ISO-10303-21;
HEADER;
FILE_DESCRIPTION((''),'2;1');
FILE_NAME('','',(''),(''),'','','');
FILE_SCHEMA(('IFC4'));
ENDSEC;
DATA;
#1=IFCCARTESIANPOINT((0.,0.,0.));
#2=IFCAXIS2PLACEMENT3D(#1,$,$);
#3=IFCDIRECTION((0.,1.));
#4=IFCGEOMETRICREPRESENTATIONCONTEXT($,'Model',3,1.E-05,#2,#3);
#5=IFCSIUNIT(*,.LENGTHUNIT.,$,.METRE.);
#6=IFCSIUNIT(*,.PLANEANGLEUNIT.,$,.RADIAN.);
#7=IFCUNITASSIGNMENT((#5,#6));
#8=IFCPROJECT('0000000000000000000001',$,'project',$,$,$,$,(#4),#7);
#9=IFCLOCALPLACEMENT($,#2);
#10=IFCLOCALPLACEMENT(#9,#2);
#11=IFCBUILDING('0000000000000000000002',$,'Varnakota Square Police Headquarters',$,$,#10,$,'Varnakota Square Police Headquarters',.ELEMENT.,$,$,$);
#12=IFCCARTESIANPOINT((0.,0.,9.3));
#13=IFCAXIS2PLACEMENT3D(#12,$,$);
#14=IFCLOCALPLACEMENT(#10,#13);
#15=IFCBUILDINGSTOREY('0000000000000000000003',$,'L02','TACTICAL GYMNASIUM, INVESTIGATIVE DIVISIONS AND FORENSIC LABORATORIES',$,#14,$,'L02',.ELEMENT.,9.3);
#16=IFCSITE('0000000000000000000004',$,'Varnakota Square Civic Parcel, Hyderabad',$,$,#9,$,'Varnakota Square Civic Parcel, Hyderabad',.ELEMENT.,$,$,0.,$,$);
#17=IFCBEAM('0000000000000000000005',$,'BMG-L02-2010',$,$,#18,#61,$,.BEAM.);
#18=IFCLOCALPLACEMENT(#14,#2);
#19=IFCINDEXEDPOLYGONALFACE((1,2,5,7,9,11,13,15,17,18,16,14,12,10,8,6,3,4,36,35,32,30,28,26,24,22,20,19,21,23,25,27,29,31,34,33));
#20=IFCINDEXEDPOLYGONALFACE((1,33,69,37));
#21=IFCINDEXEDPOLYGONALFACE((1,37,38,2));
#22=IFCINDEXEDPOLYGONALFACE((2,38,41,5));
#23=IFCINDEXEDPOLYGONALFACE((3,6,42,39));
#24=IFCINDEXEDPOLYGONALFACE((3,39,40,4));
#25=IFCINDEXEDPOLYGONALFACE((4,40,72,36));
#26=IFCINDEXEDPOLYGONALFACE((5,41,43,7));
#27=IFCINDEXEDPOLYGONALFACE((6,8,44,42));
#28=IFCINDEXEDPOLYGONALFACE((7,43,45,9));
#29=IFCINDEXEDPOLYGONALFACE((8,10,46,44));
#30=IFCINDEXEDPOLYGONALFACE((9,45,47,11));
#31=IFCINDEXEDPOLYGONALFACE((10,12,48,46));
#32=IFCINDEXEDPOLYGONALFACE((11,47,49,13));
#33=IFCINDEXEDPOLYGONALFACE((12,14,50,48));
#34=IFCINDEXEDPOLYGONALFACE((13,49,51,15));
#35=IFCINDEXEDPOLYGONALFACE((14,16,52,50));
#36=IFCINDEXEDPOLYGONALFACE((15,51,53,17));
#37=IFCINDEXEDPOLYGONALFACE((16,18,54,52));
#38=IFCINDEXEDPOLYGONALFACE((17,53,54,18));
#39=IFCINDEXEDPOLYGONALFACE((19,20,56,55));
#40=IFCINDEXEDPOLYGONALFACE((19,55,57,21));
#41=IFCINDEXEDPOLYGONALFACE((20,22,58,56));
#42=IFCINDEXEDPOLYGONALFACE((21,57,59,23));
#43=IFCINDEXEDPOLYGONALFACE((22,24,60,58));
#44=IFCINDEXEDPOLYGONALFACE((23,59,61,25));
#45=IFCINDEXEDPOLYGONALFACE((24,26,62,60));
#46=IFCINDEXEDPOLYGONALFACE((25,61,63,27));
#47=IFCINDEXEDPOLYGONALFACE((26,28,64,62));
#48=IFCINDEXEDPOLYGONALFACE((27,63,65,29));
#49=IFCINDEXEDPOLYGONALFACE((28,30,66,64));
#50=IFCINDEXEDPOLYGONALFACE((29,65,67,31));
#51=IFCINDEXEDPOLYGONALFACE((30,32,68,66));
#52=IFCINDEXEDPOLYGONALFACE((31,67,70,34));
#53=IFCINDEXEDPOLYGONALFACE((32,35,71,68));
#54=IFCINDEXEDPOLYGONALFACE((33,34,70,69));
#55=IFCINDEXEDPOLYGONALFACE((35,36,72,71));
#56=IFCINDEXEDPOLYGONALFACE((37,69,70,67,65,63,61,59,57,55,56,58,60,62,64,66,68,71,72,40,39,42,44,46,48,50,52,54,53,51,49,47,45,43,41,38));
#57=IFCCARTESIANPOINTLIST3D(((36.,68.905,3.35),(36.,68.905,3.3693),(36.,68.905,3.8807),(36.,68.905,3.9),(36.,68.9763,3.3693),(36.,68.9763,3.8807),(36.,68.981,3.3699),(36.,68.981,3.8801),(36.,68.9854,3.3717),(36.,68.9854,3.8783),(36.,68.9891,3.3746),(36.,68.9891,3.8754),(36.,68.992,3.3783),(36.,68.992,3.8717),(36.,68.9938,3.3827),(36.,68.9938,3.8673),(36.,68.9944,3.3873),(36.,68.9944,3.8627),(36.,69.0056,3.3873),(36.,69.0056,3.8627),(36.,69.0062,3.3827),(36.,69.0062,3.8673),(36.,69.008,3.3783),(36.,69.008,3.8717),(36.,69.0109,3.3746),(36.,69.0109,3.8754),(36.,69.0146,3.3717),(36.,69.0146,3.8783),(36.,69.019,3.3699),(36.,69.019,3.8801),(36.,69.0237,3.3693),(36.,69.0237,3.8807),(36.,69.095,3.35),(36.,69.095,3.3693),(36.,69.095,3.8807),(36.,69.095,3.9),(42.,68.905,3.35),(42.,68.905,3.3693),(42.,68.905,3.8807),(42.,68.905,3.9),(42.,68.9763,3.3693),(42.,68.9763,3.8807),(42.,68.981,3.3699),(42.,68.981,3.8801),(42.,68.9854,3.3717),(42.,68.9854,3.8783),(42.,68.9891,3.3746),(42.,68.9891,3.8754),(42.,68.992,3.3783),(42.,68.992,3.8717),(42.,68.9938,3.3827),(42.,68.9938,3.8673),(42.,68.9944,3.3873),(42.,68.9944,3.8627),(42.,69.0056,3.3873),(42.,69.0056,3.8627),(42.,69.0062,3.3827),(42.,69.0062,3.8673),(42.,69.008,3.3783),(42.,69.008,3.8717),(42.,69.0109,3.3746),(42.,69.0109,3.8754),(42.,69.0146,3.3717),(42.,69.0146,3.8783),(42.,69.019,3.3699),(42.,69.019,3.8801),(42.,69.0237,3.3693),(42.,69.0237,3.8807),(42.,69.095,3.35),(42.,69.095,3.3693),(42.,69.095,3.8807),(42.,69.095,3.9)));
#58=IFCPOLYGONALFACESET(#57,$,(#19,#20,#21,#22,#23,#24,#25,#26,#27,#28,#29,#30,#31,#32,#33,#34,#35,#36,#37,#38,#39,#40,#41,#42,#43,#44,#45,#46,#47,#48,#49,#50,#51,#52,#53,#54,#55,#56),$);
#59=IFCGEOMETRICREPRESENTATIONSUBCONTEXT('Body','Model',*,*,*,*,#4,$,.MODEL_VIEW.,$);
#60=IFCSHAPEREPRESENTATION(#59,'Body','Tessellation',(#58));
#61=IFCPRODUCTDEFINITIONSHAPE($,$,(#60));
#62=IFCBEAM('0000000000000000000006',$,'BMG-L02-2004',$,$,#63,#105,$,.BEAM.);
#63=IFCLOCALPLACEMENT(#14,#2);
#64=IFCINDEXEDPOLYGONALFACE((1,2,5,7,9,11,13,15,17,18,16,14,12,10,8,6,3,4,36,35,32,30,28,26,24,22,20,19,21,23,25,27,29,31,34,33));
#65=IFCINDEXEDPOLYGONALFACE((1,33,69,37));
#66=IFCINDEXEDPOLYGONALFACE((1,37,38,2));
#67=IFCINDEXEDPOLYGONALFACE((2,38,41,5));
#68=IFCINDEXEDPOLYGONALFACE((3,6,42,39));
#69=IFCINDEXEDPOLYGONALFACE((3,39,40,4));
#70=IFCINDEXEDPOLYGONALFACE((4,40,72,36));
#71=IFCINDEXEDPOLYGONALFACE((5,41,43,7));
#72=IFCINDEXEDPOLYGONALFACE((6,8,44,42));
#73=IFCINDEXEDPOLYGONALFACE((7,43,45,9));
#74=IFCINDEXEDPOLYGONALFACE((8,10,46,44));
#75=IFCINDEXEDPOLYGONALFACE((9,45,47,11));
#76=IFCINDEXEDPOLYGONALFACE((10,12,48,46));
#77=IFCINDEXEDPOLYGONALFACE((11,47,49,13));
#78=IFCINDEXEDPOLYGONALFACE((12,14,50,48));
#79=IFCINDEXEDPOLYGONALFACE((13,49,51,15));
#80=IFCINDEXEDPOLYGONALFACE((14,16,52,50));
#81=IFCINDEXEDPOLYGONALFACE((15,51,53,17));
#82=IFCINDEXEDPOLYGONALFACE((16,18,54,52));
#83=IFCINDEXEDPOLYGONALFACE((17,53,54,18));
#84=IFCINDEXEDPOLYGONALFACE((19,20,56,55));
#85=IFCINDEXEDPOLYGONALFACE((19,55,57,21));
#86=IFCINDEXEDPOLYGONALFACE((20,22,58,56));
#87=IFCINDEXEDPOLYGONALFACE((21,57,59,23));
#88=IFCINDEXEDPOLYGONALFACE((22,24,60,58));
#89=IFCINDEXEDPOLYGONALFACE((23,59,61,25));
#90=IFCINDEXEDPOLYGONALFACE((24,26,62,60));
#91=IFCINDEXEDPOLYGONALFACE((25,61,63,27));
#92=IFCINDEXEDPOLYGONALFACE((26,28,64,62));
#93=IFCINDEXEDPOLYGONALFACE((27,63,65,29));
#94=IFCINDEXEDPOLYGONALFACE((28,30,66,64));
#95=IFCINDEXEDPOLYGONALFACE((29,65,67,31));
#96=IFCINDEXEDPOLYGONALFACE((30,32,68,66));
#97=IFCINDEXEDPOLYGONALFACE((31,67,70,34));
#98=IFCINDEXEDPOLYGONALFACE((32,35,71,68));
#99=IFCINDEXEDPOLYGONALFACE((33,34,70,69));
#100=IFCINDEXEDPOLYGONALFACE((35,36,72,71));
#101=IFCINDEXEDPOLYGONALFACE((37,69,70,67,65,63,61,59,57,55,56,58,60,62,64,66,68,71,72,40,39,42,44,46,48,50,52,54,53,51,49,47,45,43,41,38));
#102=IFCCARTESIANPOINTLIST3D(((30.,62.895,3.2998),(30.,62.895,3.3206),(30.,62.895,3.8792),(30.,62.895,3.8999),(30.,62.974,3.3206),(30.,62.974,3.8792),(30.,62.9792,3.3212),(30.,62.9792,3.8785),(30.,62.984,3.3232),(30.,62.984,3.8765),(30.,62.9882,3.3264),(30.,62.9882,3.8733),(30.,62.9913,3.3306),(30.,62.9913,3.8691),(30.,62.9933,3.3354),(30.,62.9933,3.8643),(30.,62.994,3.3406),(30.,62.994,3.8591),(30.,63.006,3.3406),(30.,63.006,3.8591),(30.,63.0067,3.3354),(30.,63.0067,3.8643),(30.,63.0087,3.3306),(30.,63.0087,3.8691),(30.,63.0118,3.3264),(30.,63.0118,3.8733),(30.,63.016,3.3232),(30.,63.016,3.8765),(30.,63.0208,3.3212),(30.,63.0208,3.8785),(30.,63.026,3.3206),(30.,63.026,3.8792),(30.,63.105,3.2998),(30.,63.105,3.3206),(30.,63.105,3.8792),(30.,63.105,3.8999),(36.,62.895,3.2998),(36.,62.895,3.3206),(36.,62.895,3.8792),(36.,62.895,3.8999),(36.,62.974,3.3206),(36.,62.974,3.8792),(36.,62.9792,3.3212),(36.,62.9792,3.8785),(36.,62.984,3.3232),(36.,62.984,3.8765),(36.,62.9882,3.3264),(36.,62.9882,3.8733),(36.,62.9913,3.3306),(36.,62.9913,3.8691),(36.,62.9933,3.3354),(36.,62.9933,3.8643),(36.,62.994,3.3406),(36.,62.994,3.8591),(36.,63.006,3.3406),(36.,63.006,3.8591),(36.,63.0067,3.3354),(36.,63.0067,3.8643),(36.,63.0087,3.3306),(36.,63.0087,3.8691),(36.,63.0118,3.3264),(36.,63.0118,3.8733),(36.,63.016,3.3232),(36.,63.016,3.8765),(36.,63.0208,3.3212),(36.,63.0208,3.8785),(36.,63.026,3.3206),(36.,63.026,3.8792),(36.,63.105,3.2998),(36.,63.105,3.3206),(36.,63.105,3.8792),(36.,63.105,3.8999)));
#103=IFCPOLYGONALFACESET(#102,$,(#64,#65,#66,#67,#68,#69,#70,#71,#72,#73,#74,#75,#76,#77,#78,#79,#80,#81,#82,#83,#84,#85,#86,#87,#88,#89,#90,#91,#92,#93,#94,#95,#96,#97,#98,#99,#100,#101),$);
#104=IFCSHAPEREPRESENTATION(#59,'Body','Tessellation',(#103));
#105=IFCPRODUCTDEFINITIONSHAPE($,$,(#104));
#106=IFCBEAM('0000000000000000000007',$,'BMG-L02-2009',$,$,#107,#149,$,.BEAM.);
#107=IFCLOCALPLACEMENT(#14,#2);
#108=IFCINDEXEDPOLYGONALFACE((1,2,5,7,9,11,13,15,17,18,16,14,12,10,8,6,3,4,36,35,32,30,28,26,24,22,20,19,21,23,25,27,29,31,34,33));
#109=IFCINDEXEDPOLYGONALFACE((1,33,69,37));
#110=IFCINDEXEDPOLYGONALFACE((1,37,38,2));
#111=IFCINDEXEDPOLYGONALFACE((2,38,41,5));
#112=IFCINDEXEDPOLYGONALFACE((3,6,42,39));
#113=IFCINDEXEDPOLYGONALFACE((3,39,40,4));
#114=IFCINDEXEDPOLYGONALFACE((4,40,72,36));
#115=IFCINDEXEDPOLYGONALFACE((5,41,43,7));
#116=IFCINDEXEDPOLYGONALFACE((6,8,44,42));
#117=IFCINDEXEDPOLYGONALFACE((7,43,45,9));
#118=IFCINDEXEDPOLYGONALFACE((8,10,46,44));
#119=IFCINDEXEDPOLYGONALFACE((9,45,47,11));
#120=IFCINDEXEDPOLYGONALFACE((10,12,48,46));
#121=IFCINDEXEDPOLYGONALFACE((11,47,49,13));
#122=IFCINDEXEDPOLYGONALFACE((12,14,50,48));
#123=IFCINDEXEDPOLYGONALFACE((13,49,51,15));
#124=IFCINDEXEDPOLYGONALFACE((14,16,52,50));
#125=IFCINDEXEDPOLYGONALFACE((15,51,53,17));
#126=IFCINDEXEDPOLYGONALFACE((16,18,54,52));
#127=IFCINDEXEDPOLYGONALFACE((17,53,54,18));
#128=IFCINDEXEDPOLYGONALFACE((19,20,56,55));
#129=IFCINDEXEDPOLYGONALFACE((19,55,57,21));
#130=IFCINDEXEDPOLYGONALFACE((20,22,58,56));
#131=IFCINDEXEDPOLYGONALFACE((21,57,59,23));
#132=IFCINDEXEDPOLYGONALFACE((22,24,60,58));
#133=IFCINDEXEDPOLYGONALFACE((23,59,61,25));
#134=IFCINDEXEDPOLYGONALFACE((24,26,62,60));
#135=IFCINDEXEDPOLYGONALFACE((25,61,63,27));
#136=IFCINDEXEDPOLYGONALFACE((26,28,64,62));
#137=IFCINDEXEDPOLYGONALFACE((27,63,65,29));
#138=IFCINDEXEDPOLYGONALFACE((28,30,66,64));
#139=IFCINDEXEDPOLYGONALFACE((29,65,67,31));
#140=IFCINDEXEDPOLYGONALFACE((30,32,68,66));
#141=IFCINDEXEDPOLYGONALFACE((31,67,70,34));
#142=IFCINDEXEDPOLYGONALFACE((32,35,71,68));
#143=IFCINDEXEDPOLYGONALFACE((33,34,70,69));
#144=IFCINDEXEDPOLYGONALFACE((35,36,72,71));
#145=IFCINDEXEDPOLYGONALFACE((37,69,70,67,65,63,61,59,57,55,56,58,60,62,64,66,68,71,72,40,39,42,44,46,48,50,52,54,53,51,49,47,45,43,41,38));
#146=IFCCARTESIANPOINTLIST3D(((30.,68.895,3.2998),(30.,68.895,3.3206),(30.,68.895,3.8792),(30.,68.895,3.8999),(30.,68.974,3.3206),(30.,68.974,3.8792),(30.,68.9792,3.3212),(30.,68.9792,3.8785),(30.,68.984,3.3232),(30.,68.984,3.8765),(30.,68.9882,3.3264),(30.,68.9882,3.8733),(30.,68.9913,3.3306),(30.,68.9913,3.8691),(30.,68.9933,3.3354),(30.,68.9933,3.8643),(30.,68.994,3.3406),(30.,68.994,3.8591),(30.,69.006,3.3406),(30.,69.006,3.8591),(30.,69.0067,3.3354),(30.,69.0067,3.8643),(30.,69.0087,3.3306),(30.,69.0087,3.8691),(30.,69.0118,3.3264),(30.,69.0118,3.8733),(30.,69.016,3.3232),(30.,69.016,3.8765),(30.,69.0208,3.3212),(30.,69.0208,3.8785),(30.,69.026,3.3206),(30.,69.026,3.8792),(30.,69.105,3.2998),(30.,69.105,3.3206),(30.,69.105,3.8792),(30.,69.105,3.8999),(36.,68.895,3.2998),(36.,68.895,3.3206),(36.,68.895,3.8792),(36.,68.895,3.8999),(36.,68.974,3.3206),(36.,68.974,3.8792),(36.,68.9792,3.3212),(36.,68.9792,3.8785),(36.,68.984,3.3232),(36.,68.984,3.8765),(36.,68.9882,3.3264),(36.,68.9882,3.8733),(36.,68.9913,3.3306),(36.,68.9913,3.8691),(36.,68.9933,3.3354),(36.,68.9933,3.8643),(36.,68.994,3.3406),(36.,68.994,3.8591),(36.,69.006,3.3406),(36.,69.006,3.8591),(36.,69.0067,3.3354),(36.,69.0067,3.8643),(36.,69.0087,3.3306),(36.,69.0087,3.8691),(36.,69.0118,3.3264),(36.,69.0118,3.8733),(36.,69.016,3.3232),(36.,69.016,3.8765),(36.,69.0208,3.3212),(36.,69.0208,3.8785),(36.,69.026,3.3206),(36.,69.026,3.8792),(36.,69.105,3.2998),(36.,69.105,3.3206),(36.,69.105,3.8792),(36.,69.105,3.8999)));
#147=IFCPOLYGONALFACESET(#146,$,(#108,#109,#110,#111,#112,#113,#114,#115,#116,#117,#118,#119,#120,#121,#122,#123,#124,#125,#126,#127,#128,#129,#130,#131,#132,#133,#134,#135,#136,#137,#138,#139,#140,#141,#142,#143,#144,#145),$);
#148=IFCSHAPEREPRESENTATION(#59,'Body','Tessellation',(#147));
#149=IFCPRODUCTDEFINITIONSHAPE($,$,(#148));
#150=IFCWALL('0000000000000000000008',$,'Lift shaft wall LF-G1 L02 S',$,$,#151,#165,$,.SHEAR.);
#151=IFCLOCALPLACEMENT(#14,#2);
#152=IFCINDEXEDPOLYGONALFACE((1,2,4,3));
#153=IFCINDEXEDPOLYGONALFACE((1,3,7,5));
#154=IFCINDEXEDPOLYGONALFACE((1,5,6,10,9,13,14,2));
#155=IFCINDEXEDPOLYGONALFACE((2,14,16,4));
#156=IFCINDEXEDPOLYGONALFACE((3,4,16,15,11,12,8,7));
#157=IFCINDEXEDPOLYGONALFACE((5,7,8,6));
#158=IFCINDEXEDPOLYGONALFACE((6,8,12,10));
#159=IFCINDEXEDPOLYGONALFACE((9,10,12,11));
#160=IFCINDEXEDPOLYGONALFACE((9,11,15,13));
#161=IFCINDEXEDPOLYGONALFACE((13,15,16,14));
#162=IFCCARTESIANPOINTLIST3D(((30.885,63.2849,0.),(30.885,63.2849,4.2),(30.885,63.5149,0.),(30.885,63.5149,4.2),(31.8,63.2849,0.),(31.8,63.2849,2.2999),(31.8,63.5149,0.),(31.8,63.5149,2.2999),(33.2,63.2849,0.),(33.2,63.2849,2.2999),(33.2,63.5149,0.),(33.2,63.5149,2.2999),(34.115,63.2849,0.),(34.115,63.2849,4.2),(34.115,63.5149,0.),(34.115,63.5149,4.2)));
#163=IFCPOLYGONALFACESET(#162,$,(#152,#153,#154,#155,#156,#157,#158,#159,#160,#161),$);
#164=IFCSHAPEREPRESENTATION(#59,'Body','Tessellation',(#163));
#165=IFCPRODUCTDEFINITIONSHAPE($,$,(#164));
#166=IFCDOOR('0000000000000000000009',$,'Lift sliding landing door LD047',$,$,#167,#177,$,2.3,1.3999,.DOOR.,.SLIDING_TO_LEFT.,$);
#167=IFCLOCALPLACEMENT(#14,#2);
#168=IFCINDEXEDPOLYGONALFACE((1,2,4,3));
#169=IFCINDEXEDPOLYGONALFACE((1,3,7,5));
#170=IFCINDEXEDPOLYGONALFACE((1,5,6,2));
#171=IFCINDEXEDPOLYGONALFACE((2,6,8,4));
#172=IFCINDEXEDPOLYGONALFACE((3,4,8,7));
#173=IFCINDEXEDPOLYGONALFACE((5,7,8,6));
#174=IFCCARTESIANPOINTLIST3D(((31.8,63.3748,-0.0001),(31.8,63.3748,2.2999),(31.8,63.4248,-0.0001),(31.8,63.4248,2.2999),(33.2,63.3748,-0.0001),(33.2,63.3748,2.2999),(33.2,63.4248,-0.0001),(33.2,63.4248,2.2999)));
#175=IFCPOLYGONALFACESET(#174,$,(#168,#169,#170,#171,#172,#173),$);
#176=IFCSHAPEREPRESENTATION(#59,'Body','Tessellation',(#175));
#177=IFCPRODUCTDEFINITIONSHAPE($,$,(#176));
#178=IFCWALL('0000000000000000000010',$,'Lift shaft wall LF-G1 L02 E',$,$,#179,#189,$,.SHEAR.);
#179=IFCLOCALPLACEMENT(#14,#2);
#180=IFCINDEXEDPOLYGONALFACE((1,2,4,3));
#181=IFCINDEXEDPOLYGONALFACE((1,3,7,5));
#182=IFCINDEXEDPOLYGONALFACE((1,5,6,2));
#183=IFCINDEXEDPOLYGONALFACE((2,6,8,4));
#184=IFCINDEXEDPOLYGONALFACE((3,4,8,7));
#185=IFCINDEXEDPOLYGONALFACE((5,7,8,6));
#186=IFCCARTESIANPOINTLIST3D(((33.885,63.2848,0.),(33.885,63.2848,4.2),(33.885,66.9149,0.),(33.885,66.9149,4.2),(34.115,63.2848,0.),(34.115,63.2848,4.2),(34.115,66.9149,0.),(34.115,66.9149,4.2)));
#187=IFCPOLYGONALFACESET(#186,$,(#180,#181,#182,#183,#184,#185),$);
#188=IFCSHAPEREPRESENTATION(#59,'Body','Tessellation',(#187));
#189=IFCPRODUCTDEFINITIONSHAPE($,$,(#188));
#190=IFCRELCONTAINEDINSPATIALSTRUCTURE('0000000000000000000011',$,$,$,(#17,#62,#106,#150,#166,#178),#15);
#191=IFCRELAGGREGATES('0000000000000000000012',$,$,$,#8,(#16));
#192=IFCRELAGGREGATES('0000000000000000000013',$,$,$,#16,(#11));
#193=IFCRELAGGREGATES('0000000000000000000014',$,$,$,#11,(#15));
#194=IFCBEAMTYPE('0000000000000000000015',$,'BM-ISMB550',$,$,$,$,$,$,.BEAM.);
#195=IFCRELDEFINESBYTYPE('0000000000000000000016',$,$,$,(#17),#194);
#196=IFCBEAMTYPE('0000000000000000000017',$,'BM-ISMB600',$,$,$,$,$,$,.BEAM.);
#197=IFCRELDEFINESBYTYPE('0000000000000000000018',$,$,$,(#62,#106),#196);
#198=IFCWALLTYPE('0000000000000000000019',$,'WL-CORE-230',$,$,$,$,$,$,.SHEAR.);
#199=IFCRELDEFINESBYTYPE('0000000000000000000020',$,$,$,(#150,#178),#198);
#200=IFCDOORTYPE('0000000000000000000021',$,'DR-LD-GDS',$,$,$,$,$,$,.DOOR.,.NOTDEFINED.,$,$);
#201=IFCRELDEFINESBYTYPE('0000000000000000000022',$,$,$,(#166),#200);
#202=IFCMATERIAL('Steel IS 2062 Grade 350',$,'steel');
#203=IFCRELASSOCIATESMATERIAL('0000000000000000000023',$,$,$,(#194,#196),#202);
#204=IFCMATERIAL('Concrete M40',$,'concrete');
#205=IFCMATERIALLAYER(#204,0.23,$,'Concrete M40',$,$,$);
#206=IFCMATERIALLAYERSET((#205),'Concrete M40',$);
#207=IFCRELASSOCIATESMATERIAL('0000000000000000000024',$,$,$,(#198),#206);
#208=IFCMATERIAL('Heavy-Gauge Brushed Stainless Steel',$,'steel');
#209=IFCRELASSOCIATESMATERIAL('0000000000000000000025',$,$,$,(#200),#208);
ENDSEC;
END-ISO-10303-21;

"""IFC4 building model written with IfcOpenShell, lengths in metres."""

from ifc_helpers import new_model, si_unit, direction, frame, frame_2d, origin, origin_2d, place, context, subcontext, project, spatial, rectangle, i_section, extrude, material, layer, layer_set, material_profile, profile_set, type_object, element, fill, save


model = new_model("IFC4")

# Units and contexts
model_context = context("Model", 3, precision=1e-05, world=origin(), true_north=direction((0.0, 1.0)))
body_context = subcontext(model_context, "Body", "Model", "MODEL_VIEW")
ifc_project = project(units=[si_unit("LENGTHUNIT", "METRE"), si_unit("PLANEANGLEUNIT", "RADIAN")], contexts=[model_context])

# Site, building, storey
site_placement = place(None, origin())
site = spatial("IfcSite", under=ifc_project, at=site_placement, Name="Varnakota Square Civic Parcel, Hyderabad", LongName="Varnakota Square Civic Parcel, Hyderabad", CompositionType="ELEMENT", RefElevation=0.0)
building_placement = place(site_placement, origin())
building = spatial("IfcBuilding", under=site, at=building_placement, Name="Varnakota Square Police Headquarters", LongName="Varnakota Square Police Headquarters", CompositionType="ELEMENT")
storey_placement = place(building_placement, frame((0.0, 0.0, 9.3)))
storey = spatial("IfcBuildingStorey", under=building, at=storey_placement, Name="L02", Description="TACTICAL GYMNASIUM, INVESTIGATIVE DIVISIONS AND FORENSIC LABORATORIES", LongName="L02", CompositionType="ELEMENT", Elevation=9.3)

# Shared definitions
ifc_material_1 = material(Name="Steel IS 2062 Grade 350", Category="steel")

# Beams
ifc_material_profile_1 = material_profile(ifc_material_1, i_section(OverallWidth=0.1899, OverallDepth=0.55, WebThickness=0.0112, FlangeThickness=0.0193, FilletRadius=0.0181, at=origin_2d()), Name="ISMB 550")
ifc_profile_set_1 = profile_set([ifc_material_profile_1], Name="Steel IS 2062 Grade 350")
beam_type_1 = type_object("IfcBeamType", Name="BM-ISMB550", PredefinedType="BEAM", material=ifc_profile_set_1)
for number, where, z_axis, x_axis, name in (
    (1, (36.0, 69.0, 3.625), (1.0, 0.0, 0.0), (0.0, 1.0, 0.0), "BMG-L02-2010"),
):
    element("IfcBeam", number, at=place(storey_placement, frame(where, z_axis=z_axis, x_axis=x_axis)), inside=storey, type_object=beam_type_1, Name=name, PredefinedType="BEAM", context=body_context, shape_type="SweptSolid", body=[
        extrude(i_section(OverallWidth=0.1899, OverallDepth=0.55, WebThickness=0.0112, FlangeThickness=0.0193, FilletRadius=0.0181, at=origin_2d()), origin(), (0.0, 0.0, 1.0), 6.0),
    ])
ifc_material_profile_2 = material_profile(ifc_material_1, i_section(OverallWidth=0.21, OverallDepth=0.6001, WebThickness=0.012, FlangeThickness=0.0208, FilletRadius=0.02, at=origin_2d()), Name="ISMB 600")
ifc_profile_set_2 = profile_set([ifc_material_profile_2], Name="Steel IS 2062 Grade 350")
beam_type_2 = type_object("IfcBeamType", Name="BM-ISMB600", PredefinedType="BEAM", material=ifc_profile_set_2)
for number, where, z_axis, x_axis, name in (
    (2, (30.0, 63.0, 3.5999), (1.0, 0.0, 0.0), (0.0, 1.0, 0.0), "BMG-L02-2004"),
    (3, (30.0, 69.0, 3.5999), (1.0, 0.0, 0.0), (0.0, 1.0, 0.0), "BMG-L02-2009"),
):
    element("IfcBeam", number, at=place(storey_placement, frame(where, z_axis=z_axis, x_axis=x_axis)), inside=storey, type_object=beam_type_2, Name=name, PredefinedType="BEAM", context=body_context, shape_type="SweptSolid", body=[
        extrude(i_section(OverallWidth=0.21, OverallDepth=0.6001, WebThickness=0.012, FlangeThickness=0.0208, FilletRadius=0.02, at=origin_2d()), origin(), (0.0, 0.0, 1.0), 6.0),
    ])

# Wall, opening, door
ifc_material_2 = material(Name="Concrete M40", Category="concrete")
ifc_layer = layer(ifc_material_2, 0.23, Name="Concrete M40")
ifc_layer_set = layer_set([ifc_layer], Name="Concrete M40")
wall_type = type_object("IfcWallType", Name="WL-CORE-230", PredefinedType="SHEAR", material=ifc_layer_set)
wall_1_placement = place(storey_placement, frame((30.885, 63.3999, 0.0), z_axis=(0.0, 0.0, 1.0), x_axis=(1.0, 0.0, 0.0)))
wall_1 = element("IfcWall", 4, at=wall_1_placement, inside=storey, type_object=wall_type, Name="Lift shaft wall LF-G1 L02 S", PredefinedType="SHEAR", context=body_context, shape_type="SweptSolid", body=[
    extrude(rectangle(XDim=3.23, YDim=0.23, at=frame_2d((1.615, 0.0))), origin(), (0.0, 0.0, 1.0), 4.2),
])
opening_placement = place(wall_1_placement, frame((0.915, 0.0, 0.0)))
opening = element("IfcOpeningElement", 5, at=opening_placement, cuts=wall_1, PredefinedType="OPENING", context=body_context, shape_type="SweptSolid", body=[
    extrude(rectangle(XDim=1.3999, YDim=2.3, at=frame_2d((0.7, 1.1499))), frame((0.0, 0.125, 0.0), z_axis=(0.0, -1.0, 0.0), x_axis=(1.0, 0.0, 0.0)), (0.0, 0.0, 1.0), 0.25),
])
ifc_material_3 = material(Name="Heavy-Gauge Brushed Stainless Steel", Category="steel")
door_type = type_object("IfcDoorType", Name="DR-LD-GDS", OperationType="NOTDEFINED", PredefinedType="DOOR", material=ifc_material_3)
door_placement = place(opening_placement, origin())
door = element("IfcDoor", 6, at=door_placement, inside=storey, type_object=door_type, Name="Lift sliding landing door LD047", OperationType="SLIDING_TO_LEFT", OverallHeight=2.3, OverallWidth=1.3999, PredefinedType="DOOR", context=body_context, shape_type="SweptSolid", body=[
    extrude(rectangle(XDim=1.3999, YDim=2.3, at=frame_2d((0.7, 1.1499))), frame((0.0, 0.0249, 0.0), z_axis=(0.0, -1.0, 0.0), x_axis=(1.0, 0.0, 0.0)), (0.0, 0.0, 1.0), 0.05),
])
fill(opening, door)

# Wall
wall_2_placement = place(storey_placement, frame((34.0, 63.2849, 0.0), z_axis=(0.0, 0.0, 1.0), x_axis=(0.0, 1.0, 0.0)))
element("IfcWall", 7, at=wall_2_placement, inside=storey, type_object=wall_type, Name="Lift shaft wall LF-G1 L02 E", PredefinedType="SHEAR", context=body_context, shape_type="SweptSolid", body=[
    extrude(rectangle(XDim=3.6301, YDim=0.23, at=frame_2d((1.8149, 0.0))), origin(), (0.0, 0.0, 1.0), 4.2),
])

save(model, "model.ifc")
